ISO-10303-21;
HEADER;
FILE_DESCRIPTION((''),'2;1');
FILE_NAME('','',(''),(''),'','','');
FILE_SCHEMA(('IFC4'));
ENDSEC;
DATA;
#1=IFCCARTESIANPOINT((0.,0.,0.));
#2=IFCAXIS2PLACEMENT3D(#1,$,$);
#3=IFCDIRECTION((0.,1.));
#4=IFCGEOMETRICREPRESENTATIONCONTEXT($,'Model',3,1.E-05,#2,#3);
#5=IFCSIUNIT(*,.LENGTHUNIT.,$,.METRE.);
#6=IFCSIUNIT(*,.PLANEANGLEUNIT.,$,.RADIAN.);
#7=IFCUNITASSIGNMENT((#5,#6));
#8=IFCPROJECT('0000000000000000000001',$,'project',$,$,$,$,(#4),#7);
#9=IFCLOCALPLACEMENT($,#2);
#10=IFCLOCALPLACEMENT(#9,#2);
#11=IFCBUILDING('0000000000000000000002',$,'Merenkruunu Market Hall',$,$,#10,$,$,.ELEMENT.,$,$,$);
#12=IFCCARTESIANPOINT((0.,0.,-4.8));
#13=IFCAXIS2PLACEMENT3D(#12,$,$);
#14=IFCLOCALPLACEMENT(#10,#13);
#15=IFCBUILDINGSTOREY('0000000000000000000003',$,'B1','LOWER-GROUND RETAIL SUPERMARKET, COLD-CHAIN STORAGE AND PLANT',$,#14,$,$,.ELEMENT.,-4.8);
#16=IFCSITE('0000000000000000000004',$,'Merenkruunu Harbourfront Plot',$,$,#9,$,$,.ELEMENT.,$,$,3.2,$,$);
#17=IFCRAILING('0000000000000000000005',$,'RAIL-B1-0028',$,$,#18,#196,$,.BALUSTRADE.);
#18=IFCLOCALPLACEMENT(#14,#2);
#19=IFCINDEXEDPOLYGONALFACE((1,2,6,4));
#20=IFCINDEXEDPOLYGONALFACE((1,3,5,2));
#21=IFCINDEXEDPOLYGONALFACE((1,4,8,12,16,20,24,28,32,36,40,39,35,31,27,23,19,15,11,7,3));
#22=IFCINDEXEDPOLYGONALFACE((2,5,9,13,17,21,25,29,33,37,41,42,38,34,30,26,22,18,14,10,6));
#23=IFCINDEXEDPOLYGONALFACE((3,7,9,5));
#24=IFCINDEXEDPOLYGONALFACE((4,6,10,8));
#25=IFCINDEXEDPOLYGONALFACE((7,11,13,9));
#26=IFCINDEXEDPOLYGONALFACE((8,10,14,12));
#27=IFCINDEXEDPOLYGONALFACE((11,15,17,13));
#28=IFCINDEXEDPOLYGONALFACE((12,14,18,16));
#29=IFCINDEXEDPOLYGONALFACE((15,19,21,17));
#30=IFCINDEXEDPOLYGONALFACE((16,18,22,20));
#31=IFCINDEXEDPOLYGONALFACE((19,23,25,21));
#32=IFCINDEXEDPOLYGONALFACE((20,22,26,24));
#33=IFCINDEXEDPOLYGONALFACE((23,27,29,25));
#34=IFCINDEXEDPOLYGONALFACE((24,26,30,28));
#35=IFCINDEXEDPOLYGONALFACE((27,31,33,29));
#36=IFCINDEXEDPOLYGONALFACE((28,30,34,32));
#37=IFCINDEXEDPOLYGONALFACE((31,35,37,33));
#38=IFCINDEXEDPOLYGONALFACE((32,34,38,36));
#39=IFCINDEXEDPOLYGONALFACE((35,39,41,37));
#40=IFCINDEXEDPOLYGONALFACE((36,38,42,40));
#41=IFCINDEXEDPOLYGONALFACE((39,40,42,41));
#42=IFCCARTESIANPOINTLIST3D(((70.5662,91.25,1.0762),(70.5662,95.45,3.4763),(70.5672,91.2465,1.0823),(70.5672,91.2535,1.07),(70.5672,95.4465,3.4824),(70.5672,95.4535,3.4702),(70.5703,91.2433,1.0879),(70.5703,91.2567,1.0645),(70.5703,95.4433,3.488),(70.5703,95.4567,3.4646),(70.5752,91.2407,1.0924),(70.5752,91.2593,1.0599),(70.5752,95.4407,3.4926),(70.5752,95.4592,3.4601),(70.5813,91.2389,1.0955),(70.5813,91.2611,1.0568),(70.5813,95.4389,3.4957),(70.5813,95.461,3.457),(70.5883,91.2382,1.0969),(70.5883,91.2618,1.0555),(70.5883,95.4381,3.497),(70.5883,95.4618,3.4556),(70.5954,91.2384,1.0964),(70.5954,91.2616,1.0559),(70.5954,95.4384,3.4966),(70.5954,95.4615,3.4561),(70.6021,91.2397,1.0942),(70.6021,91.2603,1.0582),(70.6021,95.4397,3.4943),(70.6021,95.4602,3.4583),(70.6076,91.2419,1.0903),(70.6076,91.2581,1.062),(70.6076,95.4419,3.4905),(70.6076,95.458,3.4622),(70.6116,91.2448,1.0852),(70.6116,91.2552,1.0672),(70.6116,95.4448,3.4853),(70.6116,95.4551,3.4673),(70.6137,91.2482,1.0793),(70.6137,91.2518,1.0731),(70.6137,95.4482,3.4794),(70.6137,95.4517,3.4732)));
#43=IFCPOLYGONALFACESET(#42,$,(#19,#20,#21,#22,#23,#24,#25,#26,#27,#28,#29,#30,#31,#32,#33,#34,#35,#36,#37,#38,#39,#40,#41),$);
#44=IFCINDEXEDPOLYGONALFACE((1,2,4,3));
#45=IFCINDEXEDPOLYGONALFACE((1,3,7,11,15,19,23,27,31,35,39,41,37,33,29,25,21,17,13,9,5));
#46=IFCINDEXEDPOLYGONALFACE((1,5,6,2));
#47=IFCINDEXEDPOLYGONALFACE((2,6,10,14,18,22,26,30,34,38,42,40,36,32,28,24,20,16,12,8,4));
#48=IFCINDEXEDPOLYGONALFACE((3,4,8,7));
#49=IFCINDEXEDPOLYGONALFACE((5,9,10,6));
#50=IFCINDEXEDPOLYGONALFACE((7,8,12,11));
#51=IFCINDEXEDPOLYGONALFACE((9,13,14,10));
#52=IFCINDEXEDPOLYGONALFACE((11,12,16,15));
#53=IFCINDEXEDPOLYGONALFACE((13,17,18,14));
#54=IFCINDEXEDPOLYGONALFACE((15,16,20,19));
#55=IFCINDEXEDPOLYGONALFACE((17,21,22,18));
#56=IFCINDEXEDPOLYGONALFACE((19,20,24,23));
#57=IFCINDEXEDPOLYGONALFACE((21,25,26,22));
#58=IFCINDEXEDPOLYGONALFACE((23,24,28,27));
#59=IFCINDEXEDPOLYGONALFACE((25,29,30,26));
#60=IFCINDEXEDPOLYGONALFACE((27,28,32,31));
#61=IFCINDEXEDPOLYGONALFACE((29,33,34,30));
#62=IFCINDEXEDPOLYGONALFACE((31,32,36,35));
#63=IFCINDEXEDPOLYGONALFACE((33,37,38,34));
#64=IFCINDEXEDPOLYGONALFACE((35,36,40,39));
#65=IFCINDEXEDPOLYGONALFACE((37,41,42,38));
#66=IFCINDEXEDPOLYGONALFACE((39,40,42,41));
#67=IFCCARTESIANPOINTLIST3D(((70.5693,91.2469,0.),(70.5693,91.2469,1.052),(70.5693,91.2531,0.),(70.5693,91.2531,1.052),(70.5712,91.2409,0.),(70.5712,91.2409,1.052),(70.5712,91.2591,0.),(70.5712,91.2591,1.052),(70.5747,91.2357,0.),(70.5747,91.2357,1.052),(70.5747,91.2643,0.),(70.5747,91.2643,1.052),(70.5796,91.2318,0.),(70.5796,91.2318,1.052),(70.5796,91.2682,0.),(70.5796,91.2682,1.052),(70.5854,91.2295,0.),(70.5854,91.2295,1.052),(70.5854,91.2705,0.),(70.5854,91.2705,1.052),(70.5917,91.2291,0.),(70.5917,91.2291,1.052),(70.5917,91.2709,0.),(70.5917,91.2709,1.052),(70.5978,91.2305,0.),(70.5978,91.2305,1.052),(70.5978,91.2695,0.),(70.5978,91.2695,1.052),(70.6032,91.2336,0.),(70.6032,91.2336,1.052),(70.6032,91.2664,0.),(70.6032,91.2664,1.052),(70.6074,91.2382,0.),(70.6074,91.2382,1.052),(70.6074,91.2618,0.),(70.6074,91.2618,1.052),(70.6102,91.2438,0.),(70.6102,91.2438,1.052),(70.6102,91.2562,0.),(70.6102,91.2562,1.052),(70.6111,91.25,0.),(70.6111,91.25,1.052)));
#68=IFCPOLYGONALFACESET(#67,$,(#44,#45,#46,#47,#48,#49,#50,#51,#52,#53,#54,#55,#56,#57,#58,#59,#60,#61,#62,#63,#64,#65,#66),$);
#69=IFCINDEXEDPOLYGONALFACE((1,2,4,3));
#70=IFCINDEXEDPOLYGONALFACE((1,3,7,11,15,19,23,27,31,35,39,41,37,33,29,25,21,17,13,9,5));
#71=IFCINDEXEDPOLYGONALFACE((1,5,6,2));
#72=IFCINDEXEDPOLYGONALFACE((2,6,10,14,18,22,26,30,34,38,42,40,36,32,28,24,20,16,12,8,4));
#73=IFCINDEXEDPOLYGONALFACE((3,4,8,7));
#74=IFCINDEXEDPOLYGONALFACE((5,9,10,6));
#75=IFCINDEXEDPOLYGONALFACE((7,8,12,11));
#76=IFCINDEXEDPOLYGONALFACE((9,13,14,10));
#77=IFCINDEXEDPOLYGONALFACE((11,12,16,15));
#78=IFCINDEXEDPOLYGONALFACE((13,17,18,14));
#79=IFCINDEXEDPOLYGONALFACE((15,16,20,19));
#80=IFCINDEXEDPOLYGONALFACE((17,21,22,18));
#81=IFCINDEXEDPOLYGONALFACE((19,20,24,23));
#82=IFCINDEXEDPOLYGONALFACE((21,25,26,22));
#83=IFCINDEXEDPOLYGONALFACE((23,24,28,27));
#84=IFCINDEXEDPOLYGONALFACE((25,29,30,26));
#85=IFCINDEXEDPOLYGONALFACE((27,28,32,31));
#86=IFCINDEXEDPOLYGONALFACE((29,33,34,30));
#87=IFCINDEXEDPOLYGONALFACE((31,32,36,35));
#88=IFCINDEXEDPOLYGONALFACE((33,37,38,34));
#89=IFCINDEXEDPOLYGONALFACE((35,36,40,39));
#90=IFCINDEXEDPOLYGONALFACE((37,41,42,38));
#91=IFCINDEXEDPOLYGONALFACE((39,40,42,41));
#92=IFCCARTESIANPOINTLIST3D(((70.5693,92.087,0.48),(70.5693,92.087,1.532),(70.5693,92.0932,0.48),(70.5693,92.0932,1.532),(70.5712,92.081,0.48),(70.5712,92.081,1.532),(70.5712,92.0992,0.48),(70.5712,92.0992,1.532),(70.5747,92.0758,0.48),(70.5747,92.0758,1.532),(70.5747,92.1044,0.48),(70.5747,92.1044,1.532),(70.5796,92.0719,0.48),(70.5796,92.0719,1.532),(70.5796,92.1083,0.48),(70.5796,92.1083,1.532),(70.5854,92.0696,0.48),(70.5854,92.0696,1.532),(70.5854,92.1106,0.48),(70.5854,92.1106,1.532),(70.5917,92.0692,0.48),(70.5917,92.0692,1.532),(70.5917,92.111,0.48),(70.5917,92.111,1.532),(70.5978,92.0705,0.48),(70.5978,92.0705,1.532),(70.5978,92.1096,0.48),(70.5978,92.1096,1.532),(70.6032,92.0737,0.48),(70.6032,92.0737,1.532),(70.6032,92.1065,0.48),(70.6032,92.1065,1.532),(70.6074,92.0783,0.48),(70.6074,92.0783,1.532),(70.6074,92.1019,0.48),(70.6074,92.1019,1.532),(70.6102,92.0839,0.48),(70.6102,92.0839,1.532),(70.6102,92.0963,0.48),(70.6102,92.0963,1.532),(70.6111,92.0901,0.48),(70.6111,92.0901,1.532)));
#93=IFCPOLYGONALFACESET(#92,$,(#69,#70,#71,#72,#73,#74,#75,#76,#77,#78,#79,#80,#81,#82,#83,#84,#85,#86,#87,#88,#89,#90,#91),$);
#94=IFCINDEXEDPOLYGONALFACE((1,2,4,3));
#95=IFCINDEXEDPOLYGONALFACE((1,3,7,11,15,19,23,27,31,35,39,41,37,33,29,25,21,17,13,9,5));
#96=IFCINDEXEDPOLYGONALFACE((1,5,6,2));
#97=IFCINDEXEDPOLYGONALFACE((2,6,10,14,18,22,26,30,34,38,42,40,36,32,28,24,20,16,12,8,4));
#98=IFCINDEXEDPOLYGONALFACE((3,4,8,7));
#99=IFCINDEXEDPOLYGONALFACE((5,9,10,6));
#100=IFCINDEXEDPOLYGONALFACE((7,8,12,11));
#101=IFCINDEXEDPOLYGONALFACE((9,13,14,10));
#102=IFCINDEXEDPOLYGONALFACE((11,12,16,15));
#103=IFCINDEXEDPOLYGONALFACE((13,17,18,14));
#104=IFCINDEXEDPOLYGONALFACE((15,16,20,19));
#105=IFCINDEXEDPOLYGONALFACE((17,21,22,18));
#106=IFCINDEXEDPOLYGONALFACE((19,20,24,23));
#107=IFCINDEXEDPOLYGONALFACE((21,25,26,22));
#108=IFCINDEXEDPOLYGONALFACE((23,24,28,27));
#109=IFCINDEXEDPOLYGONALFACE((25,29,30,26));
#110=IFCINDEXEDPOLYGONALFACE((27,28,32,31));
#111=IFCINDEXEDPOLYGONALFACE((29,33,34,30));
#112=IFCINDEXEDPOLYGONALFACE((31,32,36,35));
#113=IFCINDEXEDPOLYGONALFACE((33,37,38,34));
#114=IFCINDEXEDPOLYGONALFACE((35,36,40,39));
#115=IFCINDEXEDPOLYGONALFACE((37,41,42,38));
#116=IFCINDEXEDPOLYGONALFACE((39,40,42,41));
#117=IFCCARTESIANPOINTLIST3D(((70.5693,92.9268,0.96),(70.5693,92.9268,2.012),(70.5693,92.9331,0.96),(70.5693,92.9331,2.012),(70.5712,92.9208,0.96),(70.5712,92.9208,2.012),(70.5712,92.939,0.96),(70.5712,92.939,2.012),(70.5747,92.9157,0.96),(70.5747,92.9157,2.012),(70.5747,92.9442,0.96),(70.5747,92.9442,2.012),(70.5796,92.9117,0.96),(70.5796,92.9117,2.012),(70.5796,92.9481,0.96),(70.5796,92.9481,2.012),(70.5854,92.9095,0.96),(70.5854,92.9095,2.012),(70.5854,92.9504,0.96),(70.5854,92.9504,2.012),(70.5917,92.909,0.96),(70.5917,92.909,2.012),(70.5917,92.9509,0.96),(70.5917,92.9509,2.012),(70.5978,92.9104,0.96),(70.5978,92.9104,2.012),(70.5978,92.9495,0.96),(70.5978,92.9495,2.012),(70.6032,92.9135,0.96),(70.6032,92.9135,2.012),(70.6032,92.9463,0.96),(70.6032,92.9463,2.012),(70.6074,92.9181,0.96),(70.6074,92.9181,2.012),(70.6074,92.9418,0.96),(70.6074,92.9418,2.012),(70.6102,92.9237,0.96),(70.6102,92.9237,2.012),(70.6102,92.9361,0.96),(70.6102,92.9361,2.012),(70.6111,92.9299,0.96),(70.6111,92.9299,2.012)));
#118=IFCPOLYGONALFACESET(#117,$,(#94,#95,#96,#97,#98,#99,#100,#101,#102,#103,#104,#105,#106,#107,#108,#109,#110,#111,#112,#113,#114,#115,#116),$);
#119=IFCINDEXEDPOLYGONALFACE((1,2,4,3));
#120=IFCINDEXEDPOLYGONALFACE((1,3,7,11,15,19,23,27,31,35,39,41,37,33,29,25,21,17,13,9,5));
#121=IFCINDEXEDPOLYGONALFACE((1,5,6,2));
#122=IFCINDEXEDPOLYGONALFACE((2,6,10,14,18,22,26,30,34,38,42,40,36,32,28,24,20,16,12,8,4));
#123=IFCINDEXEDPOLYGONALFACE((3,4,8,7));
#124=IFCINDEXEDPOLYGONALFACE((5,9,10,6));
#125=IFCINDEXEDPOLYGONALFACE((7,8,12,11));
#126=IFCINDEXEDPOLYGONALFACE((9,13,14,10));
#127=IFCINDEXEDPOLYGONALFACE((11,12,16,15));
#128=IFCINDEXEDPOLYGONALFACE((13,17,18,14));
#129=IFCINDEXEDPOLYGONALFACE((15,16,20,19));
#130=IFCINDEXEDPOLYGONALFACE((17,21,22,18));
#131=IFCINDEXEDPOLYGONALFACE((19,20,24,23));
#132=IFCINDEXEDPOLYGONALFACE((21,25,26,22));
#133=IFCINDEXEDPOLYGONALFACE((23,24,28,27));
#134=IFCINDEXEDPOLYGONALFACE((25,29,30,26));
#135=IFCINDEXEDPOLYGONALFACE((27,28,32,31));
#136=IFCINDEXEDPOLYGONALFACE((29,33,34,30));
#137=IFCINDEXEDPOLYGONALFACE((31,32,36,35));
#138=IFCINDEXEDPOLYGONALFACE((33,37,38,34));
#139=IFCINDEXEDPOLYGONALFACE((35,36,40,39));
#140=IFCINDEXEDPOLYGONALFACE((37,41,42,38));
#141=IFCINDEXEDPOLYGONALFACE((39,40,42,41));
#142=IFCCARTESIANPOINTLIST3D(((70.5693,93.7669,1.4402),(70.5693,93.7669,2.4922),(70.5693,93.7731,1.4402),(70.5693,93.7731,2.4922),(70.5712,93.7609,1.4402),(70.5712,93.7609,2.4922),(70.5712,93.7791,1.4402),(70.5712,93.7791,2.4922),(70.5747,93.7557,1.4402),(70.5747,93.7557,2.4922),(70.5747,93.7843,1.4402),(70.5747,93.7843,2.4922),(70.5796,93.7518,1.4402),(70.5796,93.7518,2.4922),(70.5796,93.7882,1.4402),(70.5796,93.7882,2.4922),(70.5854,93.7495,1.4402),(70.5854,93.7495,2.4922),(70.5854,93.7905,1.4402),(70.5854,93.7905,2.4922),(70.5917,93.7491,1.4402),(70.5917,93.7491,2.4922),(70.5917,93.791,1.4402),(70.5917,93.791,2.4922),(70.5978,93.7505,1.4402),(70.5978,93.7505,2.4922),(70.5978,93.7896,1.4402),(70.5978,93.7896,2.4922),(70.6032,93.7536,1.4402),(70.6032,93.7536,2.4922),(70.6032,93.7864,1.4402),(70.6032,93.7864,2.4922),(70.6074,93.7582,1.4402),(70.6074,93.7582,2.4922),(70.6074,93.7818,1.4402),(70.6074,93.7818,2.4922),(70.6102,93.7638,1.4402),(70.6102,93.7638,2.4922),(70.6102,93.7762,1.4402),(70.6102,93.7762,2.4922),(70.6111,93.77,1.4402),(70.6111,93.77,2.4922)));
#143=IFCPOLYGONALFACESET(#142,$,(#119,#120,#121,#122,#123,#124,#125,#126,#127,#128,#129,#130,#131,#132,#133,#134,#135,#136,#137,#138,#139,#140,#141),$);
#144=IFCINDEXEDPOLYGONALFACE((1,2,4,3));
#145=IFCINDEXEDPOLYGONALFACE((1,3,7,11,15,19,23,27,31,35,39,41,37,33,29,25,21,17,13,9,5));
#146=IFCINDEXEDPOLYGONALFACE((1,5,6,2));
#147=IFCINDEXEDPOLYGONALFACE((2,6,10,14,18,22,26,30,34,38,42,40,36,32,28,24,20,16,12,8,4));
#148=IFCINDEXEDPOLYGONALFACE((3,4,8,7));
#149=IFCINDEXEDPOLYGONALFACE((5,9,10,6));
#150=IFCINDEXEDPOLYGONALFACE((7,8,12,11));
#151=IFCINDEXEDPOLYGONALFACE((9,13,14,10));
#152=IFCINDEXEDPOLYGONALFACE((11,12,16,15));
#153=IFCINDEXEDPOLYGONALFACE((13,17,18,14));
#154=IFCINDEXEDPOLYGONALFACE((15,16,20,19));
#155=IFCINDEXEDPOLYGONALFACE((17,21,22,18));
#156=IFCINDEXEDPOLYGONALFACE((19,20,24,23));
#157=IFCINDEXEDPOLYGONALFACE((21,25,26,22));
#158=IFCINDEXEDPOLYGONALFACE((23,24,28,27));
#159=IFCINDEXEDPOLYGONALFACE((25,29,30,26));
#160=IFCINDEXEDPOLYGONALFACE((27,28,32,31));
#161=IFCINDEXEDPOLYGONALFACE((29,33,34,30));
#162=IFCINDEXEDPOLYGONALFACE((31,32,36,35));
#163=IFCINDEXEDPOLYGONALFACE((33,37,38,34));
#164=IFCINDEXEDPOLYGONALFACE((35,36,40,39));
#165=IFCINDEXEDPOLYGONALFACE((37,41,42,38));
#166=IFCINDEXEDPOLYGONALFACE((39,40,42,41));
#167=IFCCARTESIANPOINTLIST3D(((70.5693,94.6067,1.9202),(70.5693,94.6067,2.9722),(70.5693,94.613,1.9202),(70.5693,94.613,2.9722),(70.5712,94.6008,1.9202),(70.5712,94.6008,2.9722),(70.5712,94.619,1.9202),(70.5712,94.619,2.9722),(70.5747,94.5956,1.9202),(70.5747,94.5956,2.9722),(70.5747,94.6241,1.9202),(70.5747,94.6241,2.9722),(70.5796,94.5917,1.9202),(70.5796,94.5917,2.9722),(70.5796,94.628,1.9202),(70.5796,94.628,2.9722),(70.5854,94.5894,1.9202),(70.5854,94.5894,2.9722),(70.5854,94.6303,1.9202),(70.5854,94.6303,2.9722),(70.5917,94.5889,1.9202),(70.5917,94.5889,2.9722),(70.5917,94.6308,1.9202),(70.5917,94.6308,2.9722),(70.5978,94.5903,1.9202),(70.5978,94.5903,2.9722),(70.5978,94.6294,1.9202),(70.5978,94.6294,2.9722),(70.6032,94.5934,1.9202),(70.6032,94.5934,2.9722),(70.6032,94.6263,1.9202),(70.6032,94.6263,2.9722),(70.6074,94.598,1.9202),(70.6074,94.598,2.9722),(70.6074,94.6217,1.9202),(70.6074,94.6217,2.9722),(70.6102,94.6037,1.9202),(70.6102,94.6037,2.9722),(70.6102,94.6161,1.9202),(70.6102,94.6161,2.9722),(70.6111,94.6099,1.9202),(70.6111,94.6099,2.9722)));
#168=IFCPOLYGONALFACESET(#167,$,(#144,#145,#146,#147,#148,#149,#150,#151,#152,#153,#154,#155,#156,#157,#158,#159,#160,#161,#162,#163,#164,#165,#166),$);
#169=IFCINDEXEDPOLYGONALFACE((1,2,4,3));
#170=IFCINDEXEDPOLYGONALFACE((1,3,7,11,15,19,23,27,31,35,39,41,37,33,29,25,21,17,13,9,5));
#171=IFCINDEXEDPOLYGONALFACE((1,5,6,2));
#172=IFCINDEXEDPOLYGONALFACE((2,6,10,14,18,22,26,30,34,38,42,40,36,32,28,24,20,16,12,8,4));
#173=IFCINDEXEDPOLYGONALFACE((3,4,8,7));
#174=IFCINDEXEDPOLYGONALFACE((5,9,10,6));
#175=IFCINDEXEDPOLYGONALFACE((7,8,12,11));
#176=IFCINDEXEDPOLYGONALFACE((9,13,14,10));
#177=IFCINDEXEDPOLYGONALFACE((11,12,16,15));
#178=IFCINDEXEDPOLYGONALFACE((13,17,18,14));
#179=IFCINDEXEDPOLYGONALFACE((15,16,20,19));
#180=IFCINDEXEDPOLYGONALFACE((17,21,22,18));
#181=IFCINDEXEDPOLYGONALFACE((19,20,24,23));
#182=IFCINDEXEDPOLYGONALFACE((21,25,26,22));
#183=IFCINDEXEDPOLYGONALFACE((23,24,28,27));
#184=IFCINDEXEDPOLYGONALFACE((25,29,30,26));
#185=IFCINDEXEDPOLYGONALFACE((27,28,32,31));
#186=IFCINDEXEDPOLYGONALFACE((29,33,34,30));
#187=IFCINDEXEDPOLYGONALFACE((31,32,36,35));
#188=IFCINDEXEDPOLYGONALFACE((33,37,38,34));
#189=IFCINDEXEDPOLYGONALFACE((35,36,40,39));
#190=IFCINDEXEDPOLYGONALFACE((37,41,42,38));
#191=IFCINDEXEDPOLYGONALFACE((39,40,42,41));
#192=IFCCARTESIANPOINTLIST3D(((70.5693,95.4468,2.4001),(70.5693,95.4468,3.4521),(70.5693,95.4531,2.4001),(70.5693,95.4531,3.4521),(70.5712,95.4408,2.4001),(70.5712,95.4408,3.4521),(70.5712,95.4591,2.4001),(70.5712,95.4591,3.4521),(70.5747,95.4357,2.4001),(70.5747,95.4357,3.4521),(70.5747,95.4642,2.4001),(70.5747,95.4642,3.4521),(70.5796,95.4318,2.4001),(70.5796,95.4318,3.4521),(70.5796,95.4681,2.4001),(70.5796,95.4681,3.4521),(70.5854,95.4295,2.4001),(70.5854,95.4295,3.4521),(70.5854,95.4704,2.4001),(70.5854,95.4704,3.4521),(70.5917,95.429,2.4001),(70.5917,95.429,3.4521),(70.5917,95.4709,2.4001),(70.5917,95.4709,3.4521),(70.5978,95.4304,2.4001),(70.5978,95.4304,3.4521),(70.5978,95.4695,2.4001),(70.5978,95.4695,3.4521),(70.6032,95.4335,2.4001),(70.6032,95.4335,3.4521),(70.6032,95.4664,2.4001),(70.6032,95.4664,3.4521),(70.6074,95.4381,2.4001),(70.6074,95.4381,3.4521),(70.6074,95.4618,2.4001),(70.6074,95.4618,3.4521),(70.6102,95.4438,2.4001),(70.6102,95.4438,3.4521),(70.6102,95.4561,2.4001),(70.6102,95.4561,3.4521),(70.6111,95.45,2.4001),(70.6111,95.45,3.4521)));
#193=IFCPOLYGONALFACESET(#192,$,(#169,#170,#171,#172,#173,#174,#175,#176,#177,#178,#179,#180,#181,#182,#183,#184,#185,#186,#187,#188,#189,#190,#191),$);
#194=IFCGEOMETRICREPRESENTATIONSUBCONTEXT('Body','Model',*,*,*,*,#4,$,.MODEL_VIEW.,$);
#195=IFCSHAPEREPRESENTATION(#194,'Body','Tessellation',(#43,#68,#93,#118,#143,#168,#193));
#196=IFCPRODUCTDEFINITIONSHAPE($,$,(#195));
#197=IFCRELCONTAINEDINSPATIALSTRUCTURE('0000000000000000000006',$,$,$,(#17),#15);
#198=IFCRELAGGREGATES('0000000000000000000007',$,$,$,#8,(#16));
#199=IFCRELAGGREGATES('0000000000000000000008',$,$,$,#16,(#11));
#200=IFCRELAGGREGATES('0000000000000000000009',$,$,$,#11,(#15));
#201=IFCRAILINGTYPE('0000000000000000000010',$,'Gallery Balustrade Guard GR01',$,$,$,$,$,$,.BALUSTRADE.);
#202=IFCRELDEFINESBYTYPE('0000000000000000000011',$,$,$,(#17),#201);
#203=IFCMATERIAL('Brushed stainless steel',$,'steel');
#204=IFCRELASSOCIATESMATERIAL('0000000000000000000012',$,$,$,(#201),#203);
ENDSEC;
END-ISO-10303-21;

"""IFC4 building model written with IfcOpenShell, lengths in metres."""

from ifc_helpers import new_model, si_unit, direction, frame, origin, origin_2d, place, context, subcontext, project, spatial, circle, extrude, material, type_object, element, save


model = new_model("IFC4")

# Units and contexts
model_context = context("Model", 3, precision=1e-05, world=origin(), true_north=direction((0.0, 1.0)))
body_context = subcontext(model_context, "Body", "Model", "MODEL_VIEW")
ifc_project = project(units=[si_unit("LENGTHUNIT", "METRE"), si_unit("PLANEANGLEUNIT", "RADIAN")], contexts=[model_context])

# Site, building, storey
site_placement = place(None, origin())
site = spatial("IfcSite", under=ifc_project, at=site_placement, Name="Merenkruunu Harbourfront Plot", CompositionType="ELEMENT", RefElevation=3.2)
building_placement = place(site_placement, origin())
building = spatial("IfcBuilding", under=site, at=building_placement, Name="Merenkruunu Market Hall", CompositionType="ELEMENT")
storey_placement = place(building_placement, frame((0.0, 0.0, -4.8)))
storey = spatial("IfcBuildingStorey", under=building, at=storey_placement, Name="B1", Description="LOWER-GROUND RETAIL SUPERMARKET, COLD-CHAIN STORAGE AND PLANT", CompositionType="ELEMENT", Elevation=-4.8)

# Shared definitions
ifc_material_1 = material(Name="Brushed stainless steel", Category="steel")

# Railing
railing_type_1 = type_object("IfcRailingType", Name="Gallery Balustrade Guard GR01", PredefinedType="BALUSTRADE", material=ifc_material_1)
railing_1_placement = place(storey_placement, frame((70.5901, 91.25, 0.0)))
element("IfcRailing", 1, at=railing_1_placement, inside=storey, type_object=railing_type_1, Name="RAIL-B1-0028", PredefinedType="BALUSTRADE", context=body_context, shape_type="SweptSolid", body=[
    extrude(circle(Radius=0.0239, at=origin_2d()), frame((0.0, 0.0, 1.0762), z_axis=(0.0, 0.868228, 0.496166), x_axis=(-1.0, 0.0, 0.0)), (0.0, 0.0, 1.0), 4.8374),
    extrude(circle(Radius=0.021, at=origin_2d()), origin(), (0.0, 0.0, 1.0), 1.052),
    extrude(circle(Radius=0.021, at=origin_2d()), frame((0.0, 0.8401, 0.48)), (0.0, 0.0, 1.0), 1.052),
    extrude(circle(Radius=0.021, at=origin_2d()), frame((0.0, 1.6799, 0.96)), (0.0, 0.0, 1.0), 1.052),
    extrude(circle(Radius=0.021, at=origin_2d()), frame((0.0, 2.52, 1.4402)), (0.0, 0.0, 1.0), 1.052),
    extrude(circle(Radius=0.021, at=origin_2d()), frame((0.0, 3.3599, 1.9202)), (0.0, 0.0, 1.0), 1.052),
    extrude(circle(Radius=0.021, at=origin_2d()), frame((0.0, 4.2, 2.4001)), (0.0, 0.0, 1.0), 1.052),
])

save(model, "model.ifc")
